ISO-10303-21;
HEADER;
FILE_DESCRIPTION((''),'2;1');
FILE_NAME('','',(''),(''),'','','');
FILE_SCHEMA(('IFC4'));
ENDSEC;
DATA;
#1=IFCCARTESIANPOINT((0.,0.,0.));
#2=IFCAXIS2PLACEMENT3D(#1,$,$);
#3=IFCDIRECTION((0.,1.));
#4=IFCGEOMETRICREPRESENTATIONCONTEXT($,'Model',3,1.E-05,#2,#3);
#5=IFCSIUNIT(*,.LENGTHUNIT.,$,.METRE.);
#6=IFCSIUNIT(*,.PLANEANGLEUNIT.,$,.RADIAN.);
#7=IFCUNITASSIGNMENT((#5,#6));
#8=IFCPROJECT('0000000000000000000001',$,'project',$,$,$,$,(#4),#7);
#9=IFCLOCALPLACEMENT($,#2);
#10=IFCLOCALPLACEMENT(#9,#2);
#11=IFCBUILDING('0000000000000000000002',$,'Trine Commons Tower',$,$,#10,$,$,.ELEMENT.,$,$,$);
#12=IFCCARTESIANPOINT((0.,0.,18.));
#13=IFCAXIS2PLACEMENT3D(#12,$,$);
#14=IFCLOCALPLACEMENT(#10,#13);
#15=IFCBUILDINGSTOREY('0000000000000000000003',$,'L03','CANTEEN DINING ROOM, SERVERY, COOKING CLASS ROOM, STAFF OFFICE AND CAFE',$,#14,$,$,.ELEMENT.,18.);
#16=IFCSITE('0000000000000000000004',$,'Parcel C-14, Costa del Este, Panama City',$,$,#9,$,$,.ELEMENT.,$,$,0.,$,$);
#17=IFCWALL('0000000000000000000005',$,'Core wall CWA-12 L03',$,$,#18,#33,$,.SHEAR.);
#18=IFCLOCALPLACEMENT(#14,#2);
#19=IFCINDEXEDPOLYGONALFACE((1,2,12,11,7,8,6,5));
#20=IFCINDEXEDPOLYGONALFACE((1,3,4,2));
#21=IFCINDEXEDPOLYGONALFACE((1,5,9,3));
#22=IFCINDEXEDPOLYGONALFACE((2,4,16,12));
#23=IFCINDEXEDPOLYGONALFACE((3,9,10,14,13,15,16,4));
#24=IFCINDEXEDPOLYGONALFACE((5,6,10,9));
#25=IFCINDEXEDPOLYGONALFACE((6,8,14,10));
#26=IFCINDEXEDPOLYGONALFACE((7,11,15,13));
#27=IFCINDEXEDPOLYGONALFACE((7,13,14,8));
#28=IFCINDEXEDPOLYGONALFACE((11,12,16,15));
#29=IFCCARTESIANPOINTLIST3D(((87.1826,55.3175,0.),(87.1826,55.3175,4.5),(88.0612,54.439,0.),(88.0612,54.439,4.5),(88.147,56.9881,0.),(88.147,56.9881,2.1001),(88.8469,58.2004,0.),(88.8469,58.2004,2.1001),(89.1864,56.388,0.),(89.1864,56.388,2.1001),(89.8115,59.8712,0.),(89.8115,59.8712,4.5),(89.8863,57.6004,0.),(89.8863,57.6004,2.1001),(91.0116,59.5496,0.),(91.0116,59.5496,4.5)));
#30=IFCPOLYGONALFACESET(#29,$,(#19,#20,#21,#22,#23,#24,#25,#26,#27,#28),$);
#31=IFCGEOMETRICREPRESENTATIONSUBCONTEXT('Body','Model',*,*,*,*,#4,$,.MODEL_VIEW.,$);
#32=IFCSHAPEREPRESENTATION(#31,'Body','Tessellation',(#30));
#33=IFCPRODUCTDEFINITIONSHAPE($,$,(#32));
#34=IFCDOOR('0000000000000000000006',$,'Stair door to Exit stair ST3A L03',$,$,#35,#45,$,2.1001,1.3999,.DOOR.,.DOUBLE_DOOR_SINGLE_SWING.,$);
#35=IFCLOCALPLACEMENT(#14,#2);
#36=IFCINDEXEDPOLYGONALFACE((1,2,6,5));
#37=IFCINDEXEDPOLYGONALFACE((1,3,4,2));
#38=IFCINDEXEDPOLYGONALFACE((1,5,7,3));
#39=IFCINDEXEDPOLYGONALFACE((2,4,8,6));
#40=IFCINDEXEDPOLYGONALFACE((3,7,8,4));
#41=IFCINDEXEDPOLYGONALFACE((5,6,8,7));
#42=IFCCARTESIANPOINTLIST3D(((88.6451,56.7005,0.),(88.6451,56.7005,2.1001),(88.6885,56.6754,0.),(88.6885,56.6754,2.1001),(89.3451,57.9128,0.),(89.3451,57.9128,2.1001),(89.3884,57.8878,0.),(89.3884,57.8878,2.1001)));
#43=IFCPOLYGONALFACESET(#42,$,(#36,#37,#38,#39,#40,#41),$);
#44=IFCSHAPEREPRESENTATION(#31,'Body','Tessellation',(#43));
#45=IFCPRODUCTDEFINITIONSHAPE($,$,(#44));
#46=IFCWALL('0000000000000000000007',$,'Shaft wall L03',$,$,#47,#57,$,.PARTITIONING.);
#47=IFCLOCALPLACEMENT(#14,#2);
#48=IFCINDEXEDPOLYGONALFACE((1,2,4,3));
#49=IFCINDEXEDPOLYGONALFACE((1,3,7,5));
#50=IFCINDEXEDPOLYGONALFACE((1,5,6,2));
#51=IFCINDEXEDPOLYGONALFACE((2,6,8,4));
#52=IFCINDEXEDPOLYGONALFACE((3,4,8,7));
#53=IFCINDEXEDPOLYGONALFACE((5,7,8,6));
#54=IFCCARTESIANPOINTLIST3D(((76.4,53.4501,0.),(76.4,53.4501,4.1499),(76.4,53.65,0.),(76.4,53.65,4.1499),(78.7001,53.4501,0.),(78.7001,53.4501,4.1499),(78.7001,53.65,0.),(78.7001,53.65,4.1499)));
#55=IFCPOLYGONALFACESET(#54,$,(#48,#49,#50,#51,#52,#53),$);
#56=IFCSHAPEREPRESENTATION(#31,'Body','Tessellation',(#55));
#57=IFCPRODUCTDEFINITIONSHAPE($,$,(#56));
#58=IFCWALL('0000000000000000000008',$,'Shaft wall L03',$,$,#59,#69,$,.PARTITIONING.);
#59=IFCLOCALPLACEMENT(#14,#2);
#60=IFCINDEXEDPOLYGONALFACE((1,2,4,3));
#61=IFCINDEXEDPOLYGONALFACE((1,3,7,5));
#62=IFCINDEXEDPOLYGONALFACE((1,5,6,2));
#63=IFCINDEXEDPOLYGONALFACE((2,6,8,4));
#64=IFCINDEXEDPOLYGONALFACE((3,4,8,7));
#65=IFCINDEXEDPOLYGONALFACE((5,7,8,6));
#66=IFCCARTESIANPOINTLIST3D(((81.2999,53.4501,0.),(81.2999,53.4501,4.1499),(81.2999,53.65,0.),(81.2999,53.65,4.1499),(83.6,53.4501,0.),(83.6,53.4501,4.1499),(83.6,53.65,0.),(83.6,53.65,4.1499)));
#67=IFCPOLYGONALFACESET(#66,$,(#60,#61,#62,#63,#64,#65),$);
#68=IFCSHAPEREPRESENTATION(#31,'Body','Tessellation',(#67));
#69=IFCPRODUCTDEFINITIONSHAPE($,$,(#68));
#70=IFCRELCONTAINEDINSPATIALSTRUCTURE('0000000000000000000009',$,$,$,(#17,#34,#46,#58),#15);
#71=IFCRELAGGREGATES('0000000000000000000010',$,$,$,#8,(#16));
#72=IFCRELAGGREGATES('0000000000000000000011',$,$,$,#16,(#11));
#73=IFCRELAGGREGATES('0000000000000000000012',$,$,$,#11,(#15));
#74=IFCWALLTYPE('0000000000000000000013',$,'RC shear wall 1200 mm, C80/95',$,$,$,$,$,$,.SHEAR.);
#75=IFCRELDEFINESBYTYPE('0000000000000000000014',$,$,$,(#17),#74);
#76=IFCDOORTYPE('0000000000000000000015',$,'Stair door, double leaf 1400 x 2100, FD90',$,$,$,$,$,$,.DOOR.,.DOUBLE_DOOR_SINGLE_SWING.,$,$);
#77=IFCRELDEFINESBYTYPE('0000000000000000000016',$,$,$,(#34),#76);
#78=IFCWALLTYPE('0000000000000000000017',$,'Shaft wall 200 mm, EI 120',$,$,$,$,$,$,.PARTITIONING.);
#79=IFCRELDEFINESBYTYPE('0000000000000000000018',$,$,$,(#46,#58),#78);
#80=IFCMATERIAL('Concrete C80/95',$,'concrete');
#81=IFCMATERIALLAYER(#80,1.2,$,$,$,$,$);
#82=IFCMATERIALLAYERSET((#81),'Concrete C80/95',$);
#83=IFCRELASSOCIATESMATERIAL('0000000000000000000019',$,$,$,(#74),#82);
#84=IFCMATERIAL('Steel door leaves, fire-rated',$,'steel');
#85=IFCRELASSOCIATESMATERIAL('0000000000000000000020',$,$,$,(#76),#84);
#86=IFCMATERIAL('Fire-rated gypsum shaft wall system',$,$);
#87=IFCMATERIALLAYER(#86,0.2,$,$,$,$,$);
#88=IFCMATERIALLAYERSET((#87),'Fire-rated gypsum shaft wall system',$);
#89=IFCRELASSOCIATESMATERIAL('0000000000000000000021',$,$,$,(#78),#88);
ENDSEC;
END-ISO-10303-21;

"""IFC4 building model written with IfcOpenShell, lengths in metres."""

from ifc_helpers import new_model, si_unit, direction, frame, frame_2d, origin, place, context, subcontext, project, spatial, polyline, rectangle, outline, extrude, material, layer, layer_set, type_object, element, fill, save


model = new_model("IFC4")

# Units and contexts
model_context = context("Model", 3, precision=1e-05, world=origin(), true_north=direction((0.0, 1.0)))
body_context = subcontext(model_context, "Body", "Model", "MODEL_VIEW")
ifc_project = project(units=[si_unit("LENGTHUNIT", "METRE"), si_unit("PLANEANGLEUNIT", "RADIAN")], contexts=[model_context])

# Site, building, storey
site_placement = place(None, origin())
site = spatial("IfcSite", under=ifc_project, at=site_placement, Name="Parcel C-14, Costa del Este, Panama City", CompositionType="ELEMENT", RefElevation=0.0)
building_placement = place(site_placement, origin())
building = spatial("IfcBuilding", under=site, at=building_placement, Name="Trine Commons Tower", CompositionType="ELEMENT")
storey_placement = place(building_placement, frame((0.0, 0.0, 18.0)))
storey = spatial("IfcBuildingStorey", under=building, at=storey_placement, Name="L03", Description="CANTEEN DINING ROOM, SERVERY, COOKING CLASS ROOM, STAFF OFFICE AND CAFE", CompositionType="ELEMENT", Elevation=18.0)

# Shared definitions
ifc_material_1 = material(Name="Concrete C80/95", Category="concrete")

# Wall, opening, door
ifc_layer_1 = layer(ifc_material_1, 1.2)
ifc_layer_set_1 = layer_set([ifc_layer_1], Name="Concrete C80/95")
wall_type_1 = type_object("IfcWallType", Name="RC shear wall 1200 mm, C80/95", PredefinedType="SHEAR", material=ifc_layer_set_1)
wall_1_placement = place(storey_placement, frame((87.5415, 54.739, 0.0), z_axis=(0.0, 0.0, 1.0), x_axis=(0.499979, 0.866037, 0.0)))
wall_1 = element("IfcWall", 1, at=wall_1_placement, inside=storey, type_object=wall_type_1, Name="Core wall CWA-12 L03", PredefinedType="SHEAR", context=body_context, shape_type="SweptSolid", body=[
    extrude(outline(polyline([(0.0, -0.6001), (5.9011, -0.6001), (5.5796, 0.6001), (0.3215, 0.6001), (0.0, -0.6001)])), origin(), (0.0, 0.0, 1.0), 4.5),
])
opening_1_placement = place(wall_1_placement, frame((2.2505, 0.0, 0.0)))
opening_1 = element("IfcOpeningElement", 2, at=opening_1_placement, cuts=wall_1, PredefinedType="OPENING", context=body_context, shape_type="SweptSolid", body=[
    extrude(rectangle(XDim=1.3999, YDim=2.1001, at=frame_2d((0.7, 1.05))), frame((0.0, 0.6099, 0.0), z_axis=(0.0, -1.0, 0.0), x_axis=(1.0, 0.0, 0.0)), (0.0, 0.0, 1.0), 1.22),
])
ifc_material_2 = material(Name="Steel door leaves, fire-rated", Category="steel")
door_type_1 = type_object("IfcDoorType", Name="Stair door, double leaf 1400 x 2100, FD90", OperationType="DOUBLE_DOOR_SINGLE_SWING", PredefinedType="DOOR", material=ifc_material_2)
door_1_placement = place(opening_1_placement, origin())
door_1 = element("IfcDoor", 3, at=door_1_placement, inside=storey, type_object=door_type_1, Name="Stair door to Exit stair ST3A L03", OperationType="DOUBLE_DOOR_SINGLE_SWING", OverallHeight=2.1001, OverallWidth=1.3999, PredefinedType="DOOR", context=body_context, shape_type="SweptSolid", body=[
    extrude(rectangle(XDim=1.3999, YDim=2.1001, at=frame_2d((0.7, 1.05))), frame((0.0, 0.0249, 0.0), z_axis=(0.0, -1.0, 0.0), x_axis=(1.0, 0.0, 0.0)), (0.0, 0.0, 1.0), 0.05),
])
fill(opening_1, door_1)

# Walls
ifc_material_3 = material(Name="Fire-rated gypsum shaft wall system")
ifc_layer_2 = layer(ifc_material_3, 0.2)
ifc_layer_set_2 = layer_set([ifc_layer_2], Name="Fire-rated gypsum shaft wall system")
wall_type_2 = type_object("IfcWallType", Name="Shaft wall 200 mm, EI 120", PredefinedType="PARTITIONING", material=ifc_layer_set_2)
for number, where, z_axis, x_axis, name in (
    (4, (78.7, 53.55, 0.0), (0.0, 0.0, 1.0), (-1.0, 0.0, 0.0), "Shaft wall L03"),
    (5, (81.3, 53.55, 0.0), (0.0, 0.0, 1.0), (1.0, 0.0, 0.0), "Shaft wall L03"),
):
    element("IfcWall", number, at=place(storey_placement, frame(where, z_axis=z_axis, x_axis=x_axis)), inside=storey, type_object=wall_type_2, Name=name, PredefinedType="PARTITIONING", context=body_context, shape_type="SweptSolid", body=[
        extrude(rectangle(XDim=2.3, YDim=0.2, at=frame_2d((1.1499, 0.0))), origin(), (0.0, 0.0, 1.0), 4.1499),
    ])

save(model, "model.ifc")
